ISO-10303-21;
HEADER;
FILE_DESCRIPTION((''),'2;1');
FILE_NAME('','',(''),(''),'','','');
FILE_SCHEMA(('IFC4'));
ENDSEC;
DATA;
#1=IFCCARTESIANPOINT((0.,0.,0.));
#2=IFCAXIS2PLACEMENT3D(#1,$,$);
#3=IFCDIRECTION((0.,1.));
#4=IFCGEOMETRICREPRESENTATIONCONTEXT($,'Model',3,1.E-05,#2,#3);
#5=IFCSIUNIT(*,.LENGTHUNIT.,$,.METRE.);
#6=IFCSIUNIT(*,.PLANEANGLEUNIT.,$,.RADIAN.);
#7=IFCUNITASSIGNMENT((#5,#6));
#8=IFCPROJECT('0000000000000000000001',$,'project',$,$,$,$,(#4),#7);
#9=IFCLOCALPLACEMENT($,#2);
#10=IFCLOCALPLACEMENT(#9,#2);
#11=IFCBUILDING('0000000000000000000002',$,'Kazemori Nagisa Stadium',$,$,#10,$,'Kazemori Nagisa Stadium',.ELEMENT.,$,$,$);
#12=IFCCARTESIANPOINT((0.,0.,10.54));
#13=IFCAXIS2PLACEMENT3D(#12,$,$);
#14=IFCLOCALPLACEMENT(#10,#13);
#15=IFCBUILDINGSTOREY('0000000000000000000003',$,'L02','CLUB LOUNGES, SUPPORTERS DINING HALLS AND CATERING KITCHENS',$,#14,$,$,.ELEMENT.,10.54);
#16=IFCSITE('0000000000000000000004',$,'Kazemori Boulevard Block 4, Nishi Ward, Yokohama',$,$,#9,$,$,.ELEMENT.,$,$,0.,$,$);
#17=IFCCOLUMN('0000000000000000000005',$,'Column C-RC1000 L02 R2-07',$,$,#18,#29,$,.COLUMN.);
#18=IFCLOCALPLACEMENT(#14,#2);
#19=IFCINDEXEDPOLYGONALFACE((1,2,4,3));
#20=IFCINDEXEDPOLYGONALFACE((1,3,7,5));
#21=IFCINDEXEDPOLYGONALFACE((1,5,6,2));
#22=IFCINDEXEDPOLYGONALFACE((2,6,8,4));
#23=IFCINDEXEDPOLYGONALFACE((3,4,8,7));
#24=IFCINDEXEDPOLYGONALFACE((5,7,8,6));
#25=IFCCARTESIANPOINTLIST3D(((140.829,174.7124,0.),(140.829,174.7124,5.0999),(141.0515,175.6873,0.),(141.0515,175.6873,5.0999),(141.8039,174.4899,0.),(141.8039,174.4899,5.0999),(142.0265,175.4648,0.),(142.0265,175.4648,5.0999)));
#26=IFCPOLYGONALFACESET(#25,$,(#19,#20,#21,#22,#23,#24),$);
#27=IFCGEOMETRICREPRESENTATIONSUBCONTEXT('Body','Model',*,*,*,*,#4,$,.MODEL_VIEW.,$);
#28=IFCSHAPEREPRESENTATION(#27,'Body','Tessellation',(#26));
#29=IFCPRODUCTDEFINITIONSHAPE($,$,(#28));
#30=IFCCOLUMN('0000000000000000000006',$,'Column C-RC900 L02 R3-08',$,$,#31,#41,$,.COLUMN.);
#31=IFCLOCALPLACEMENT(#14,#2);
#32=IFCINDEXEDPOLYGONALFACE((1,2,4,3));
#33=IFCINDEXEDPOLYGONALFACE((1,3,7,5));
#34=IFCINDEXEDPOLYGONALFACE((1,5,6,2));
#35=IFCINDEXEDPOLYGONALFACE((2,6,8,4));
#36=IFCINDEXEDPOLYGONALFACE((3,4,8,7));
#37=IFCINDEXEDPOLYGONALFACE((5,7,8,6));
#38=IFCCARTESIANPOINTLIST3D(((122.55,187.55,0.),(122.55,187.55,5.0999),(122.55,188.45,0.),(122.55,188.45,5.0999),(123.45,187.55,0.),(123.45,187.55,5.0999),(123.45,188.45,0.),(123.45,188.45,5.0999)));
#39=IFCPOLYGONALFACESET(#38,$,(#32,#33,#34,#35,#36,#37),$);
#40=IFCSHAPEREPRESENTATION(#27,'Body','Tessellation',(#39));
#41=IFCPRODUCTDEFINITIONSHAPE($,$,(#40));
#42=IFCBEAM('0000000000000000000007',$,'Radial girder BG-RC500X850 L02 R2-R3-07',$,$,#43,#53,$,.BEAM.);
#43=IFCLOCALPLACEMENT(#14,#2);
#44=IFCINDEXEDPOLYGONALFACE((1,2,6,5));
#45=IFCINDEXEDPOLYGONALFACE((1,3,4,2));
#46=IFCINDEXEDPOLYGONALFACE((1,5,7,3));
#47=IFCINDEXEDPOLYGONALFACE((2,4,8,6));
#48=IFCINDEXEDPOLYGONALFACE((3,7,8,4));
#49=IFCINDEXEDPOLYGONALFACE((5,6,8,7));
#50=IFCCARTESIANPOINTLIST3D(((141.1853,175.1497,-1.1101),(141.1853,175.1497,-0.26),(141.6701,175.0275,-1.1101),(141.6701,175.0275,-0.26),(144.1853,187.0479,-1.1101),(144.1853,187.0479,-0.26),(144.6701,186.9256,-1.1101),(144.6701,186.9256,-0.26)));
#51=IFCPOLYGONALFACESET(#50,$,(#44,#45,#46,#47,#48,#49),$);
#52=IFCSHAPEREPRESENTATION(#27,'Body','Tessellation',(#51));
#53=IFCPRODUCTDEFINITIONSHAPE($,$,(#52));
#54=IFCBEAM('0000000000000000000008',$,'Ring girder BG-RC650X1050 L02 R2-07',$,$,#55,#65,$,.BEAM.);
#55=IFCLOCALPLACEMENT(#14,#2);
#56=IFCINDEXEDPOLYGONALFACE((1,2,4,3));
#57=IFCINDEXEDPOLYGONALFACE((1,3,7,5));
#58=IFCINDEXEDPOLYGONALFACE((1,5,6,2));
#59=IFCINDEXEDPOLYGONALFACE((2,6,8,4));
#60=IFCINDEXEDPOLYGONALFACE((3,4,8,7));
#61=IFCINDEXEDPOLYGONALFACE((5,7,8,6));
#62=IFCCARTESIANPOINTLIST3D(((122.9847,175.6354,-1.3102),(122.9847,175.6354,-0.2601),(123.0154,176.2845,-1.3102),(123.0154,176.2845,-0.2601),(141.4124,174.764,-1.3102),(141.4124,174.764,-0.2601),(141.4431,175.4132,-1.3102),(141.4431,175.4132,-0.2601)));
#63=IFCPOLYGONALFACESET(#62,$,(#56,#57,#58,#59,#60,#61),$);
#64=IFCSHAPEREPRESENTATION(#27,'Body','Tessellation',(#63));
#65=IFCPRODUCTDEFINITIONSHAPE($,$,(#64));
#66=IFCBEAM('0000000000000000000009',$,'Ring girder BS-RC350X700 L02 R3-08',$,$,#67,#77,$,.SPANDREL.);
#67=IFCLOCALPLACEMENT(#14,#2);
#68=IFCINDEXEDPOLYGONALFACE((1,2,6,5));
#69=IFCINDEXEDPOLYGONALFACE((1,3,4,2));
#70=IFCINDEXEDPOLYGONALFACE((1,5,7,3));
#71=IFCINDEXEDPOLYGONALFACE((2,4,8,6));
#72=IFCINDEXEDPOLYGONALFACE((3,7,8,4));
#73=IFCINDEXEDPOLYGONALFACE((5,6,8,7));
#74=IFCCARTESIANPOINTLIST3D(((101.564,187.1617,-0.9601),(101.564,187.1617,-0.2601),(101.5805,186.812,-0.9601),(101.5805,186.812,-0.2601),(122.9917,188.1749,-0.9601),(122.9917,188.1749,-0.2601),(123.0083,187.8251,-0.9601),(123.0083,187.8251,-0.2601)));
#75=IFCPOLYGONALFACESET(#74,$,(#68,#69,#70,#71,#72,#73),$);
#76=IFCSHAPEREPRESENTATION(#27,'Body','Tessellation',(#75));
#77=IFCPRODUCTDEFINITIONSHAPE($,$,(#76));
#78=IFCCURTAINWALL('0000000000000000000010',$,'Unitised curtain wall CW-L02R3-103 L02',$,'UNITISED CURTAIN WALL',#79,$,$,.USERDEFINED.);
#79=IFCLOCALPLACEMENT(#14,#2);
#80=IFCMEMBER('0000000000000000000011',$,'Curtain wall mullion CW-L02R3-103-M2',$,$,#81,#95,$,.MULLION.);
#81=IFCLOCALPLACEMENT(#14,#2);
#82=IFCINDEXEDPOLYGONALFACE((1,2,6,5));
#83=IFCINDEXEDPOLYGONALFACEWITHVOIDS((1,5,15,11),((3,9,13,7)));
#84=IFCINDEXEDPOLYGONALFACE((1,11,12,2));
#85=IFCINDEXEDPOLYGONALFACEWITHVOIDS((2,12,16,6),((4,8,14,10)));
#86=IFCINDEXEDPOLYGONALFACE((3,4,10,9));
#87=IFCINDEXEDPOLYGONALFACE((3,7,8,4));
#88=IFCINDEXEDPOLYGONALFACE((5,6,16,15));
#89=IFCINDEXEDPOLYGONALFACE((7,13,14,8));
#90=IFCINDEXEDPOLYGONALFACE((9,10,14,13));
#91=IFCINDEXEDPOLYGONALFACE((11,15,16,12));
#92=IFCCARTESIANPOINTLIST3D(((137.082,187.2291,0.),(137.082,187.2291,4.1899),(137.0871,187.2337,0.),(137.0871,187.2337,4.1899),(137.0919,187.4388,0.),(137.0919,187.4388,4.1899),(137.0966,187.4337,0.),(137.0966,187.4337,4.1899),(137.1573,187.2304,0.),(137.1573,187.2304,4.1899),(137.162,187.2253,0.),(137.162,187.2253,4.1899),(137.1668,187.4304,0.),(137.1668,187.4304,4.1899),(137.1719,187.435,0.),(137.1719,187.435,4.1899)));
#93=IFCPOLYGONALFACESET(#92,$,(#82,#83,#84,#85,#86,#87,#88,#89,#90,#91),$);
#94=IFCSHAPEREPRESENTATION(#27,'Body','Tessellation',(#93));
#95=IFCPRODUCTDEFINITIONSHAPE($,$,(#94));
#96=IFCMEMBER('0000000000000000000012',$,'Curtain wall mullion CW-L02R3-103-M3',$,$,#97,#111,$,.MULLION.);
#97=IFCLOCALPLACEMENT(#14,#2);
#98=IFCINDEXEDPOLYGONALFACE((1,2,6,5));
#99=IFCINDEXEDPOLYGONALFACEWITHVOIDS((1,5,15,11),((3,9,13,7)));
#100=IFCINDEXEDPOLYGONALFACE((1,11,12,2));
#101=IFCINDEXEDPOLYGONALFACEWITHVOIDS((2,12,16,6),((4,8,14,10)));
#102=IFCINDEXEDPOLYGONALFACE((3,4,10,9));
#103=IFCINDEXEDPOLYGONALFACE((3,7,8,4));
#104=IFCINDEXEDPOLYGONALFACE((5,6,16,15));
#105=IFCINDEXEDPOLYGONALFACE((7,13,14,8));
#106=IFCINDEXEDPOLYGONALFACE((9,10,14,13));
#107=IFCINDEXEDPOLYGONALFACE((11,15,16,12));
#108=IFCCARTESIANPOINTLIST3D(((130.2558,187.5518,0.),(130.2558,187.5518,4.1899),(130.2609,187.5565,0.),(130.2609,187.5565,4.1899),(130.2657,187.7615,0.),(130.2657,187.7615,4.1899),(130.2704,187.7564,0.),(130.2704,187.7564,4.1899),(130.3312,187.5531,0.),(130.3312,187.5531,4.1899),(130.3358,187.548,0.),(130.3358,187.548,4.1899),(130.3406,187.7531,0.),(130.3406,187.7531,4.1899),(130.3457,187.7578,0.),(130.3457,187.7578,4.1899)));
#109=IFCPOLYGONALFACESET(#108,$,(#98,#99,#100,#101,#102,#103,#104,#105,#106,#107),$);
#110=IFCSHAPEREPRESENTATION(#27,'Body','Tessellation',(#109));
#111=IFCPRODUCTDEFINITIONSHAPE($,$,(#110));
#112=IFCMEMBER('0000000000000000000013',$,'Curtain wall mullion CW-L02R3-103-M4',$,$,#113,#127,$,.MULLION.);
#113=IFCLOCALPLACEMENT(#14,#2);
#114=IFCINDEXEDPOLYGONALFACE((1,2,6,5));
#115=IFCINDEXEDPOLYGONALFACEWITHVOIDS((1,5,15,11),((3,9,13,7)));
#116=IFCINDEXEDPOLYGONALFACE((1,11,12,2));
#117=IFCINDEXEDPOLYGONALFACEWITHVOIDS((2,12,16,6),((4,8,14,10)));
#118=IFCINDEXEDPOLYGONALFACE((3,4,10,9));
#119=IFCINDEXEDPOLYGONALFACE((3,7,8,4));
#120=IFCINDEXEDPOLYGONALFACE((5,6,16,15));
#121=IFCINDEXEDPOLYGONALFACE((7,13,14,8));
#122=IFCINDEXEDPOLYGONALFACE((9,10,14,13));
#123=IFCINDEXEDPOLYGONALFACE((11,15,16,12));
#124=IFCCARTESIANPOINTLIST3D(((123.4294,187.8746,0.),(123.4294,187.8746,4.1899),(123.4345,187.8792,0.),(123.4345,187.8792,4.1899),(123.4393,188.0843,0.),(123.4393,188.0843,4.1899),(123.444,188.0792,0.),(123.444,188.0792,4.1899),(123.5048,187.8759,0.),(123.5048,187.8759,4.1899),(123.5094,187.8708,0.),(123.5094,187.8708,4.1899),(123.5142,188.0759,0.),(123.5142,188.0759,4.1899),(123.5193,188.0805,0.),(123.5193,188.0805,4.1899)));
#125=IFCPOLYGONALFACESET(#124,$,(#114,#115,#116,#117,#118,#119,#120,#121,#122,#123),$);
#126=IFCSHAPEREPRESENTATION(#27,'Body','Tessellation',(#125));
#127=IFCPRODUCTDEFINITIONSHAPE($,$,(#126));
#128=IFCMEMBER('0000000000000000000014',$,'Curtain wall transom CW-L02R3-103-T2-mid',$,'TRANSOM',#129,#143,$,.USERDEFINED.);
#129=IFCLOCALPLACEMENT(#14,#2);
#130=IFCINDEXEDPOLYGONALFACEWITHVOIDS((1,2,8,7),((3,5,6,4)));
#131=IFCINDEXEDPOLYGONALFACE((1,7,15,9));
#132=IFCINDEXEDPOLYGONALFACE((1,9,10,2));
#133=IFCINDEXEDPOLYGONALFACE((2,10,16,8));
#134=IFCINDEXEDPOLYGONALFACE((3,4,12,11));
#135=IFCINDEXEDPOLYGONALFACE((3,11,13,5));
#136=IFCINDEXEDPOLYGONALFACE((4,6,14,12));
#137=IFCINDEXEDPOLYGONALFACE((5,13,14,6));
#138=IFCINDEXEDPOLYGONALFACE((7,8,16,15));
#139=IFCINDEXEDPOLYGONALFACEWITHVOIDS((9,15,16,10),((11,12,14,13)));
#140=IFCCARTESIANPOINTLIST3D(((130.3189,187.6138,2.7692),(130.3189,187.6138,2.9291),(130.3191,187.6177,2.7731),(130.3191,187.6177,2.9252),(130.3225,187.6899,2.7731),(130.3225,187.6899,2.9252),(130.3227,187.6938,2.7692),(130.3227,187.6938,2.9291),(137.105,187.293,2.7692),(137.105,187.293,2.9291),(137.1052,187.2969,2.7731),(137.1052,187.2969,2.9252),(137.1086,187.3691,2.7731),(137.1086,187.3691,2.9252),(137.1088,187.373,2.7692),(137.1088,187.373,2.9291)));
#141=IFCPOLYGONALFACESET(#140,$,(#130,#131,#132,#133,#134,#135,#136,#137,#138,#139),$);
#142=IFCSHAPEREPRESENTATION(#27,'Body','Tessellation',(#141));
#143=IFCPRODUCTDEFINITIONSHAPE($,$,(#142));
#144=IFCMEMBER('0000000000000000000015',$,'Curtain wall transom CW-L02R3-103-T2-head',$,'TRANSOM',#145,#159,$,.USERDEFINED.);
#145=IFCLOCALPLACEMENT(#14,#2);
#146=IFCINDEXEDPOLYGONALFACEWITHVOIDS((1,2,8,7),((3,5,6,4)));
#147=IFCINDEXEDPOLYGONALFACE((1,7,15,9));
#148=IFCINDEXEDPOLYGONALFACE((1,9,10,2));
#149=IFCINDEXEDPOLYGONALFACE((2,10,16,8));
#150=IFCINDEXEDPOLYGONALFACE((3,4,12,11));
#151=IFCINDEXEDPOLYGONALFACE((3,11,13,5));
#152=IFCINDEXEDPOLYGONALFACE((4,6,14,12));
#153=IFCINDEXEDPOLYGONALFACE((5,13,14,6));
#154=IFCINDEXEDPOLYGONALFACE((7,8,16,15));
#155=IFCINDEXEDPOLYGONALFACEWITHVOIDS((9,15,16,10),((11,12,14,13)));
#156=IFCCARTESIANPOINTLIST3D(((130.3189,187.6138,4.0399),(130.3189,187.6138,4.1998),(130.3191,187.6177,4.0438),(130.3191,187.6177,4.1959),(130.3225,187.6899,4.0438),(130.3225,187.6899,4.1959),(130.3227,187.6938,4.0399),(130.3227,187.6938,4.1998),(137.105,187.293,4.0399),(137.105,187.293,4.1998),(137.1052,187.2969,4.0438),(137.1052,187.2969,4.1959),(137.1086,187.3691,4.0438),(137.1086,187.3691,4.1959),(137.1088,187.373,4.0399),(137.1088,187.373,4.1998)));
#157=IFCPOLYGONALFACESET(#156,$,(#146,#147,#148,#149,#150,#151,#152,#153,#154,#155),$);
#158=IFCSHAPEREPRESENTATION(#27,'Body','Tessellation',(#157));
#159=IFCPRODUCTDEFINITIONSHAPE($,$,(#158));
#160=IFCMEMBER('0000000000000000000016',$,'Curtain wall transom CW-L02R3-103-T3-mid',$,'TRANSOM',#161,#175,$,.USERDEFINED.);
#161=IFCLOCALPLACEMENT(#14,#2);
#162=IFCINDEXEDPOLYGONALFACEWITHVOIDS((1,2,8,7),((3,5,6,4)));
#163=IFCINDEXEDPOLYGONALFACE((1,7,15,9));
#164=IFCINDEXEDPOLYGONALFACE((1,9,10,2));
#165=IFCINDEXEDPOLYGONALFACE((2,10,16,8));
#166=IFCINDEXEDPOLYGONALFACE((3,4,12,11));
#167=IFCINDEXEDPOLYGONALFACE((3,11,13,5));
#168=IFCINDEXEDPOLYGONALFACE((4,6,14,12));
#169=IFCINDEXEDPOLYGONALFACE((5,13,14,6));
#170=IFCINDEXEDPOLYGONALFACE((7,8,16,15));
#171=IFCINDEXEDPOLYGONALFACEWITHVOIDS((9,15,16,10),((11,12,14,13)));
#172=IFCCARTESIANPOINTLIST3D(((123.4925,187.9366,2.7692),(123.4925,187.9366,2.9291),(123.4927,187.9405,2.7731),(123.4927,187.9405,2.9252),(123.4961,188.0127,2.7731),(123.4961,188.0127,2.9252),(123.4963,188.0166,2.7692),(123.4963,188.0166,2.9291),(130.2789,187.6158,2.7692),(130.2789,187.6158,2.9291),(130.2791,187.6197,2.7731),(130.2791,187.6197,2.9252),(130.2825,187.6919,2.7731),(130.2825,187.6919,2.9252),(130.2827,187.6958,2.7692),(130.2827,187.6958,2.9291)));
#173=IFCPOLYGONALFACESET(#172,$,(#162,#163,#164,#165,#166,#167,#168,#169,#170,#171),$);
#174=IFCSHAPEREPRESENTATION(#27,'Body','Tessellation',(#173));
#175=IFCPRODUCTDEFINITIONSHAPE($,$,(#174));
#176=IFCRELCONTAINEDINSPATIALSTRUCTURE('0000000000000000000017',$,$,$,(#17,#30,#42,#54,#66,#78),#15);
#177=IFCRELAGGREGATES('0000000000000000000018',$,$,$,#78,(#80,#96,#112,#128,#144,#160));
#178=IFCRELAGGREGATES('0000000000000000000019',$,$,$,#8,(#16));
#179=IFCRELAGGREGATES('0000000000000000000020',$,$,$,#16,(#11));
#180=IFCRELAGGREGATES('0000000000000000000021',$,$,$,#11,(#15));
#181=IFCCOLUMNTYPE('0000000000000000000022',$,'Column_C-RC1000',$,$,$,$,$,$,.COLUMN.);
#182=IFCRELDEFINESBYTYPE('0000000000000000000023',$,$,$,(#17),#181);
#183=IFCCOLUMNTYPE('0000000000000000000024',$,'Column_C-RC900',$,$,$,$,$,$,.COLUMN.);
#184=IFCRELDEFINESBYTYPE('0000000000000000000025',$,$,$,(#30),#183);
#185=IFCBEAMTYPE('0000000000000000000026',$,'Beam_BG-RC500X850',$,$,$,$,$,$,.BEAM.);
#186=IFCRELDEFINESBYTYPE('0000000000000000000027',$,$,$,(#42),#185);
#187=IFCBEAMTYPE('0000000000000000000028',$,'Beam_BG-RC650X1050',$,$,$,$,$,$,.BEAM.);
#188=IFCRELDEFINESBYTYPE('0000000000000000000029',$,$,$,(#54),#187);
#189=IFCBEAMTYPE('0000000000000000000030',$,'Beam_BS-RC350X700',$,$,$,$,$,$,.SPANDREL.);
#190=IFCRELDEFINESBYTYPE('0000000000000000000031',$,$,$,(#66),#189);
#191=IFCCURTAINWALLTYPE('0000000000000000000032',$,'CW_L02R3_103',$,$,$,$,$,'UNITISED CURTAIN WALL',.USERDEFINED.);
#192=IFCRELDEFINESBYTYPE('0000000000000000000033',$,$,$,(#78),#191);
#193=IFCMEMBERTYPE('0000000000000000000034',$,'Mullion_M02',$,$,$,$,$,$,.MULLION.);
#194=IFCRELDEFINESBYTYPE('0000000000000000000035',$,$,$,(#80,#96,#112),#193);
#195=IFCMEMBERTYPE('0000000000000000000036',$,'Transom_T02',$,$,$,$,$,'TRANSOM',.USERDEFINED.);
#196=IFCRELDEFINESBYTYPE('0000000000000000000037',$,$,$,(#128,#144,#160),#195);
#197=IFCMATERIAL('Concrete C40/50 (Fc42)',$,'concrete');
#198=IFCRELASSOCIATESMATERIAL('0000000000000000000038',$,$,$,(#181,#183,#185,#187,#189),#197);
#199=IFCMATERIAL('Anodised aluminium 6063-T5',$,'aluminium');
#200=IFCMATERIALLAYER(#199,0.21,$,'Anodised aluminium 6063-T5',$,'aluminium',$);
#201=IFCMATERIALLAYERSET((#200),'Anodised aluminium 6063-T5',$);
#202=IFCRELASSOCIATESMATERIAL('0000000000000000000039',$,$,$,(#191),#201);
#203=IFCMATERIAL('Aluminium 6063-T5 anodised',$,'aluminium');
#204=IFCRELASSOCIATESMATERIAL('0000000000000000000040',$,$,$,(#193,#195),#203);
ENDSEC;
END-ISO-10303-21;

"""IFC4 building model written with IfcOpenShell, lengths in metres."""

from ifc_helpers import new_model, si_unit, direction, frame, origin, origin_2d, place, context, subcontext, project, spatial, rectangle, hollow_rectangle, extrude, material, layer, layer_set, material_profile, profile_set, type_object, element, aggregate, save


model = new_model("IFC4")

# Units and contexts
model_context = context("Model", 3, precision=1e-05, world=origin(), true_north=direction((0.0, 1.0)))
body_context = subcontext(model_context, "Body", "Model", "MODEL_VIEW")
ifc_project = project(units=[si_unit("LENGTHUNIT", "METRE"), si_unit("PLANEANGLEUNIT", "RADIAN")], contexts=[model_context])

# Site, building, storey
site_placement = place(None, origin())
site = spatial("IfcSite", under=ifc_project, at=site_placement, Name="Kazemori Boulevard Block 4, Nishi Ward, Yokohama", CompositionType="ELEMENT", RefElevation=0.0)
building_placement = place(site_placement, origin())
building = spatial("IfcBuilding", under=site, at=building_placement, Name="Kazemori Nagisa Stadium", LongName="Kazemori Nagisa Stadium", CompositionType="ELEMENT")
storey_placement = place(building_placement, frame((0.0, 0.0, 10.54)))
storey = spatial("IfcBuildingStorey", under=building, at=storey_placement, Name="L02", Description="CLUB LOUNGES, SUPPORTERS DINING HALLS AND CATERING KITCHENS", CompositionType="ELEMENT", Elevation=10.54)

# Columns
ifc_material_1 = material(Name="Concrete C40/50 (Fc42)", Category="concrete")
ifc_material_profile_1 = material_profile(ifc_material_1, rectangle(XDim=1.0, YDim=1.0, at=origin_2d()), Name="RC-COL-1000x1000")
ifc_profile_set_1 = profile_set([ifc_material_profile_1], Name="Concrete C40/50 (Fc42)")
column_type_1 = type_object("IfcColumnType", Name="Column_C-RC1000", PredefinedType="COLUMN", material=ifc_profile_set_1)
column_1_placement = place(storey_placement, frame((141.4277, 175.0886, 0.0), z_axis=(0.0, 0.0, 1.0), x_axis=(0.222521, 0.974928, 0.0)))
element("IfcColumn", 1, at=column_1_placement, inside=storey, type_object=column_type_1, Name="Column C-RC1000 L02 R2-07", PredefinedType="COLUMN", context=body_context, shape_type="SweptSolid", body=[
    extrude(rectangle(XDim=1.0, YDim=1.0, at=origin_2d()), origin(), (0.0, 0.0, 1.0), 5.0999),
])
ifc_material_profile_2 = material_profile(ifc_material_1, rectangle(XDim=0.8999, YDim=0.8999, at=origin_2d()), Name="RC-COL-900x900")
ifc_profile_set_2 = profile_set([ifc_material_profile_2], Name="Concrete C40/50 (Fc42)")
column_type_2 = type_object("IfcColumnType", Name="Column_C-RC900", PredefinedType="COLUMN", material=ifc_profile_set_2)
column_2_placement = place(storey_placement, frame((123.0, 188.0, 0.0), z_axis=(0.0, 0.0, 1.0), x_axis=(0.0, 1.0, 0.0)))
element("IfcColumn", 2, at=column_2_placement, inside=storey, type_object=column_type_2, Name="Column C-RC900 L02 R3-08", PredefinedType="COLUMN", context=body_context, shape_type="SweptSolid", body=[
    extrude(rectangle(XDim=0.8999, YDim=0.8999, at=origin_2d()), origin(), (0.0, 0.0, 1.0), 5.0999),
])

# Beams
ifc_material_profile_3 = material_profile(ifc_material_1, rectangle(XDim=0.5, YDim=0.8501, at=origin_2d()), Name="RC-BM-500x850")
ifc_profile_set_3 = profile_set([ifc_material_profile_3], Name="Concrete C40/50 (Fc42)")
beam_type_1 = type_object("IfcBeamType", Name="Beam_BG-RC500X850", PredefinedType="BEAM", material=ifc_profile_set_3)
beam_1_placement = place(storey_placement, frame((141.4277, 175.0886, -0.6851), z_axis=(0.244487, 0.969652, 0.0), x_axis=(-0.969652, 0.244487, 0.0)))
element("IfcBeam", 3, at=beam_1_placement, inside=storey, type_object=beam_type_1, Name="Radial girder BG-RC500X850 L02 R2-R3-07", PredefinedType="BEAM", context=body_context, shape_type="SweptSolid", body=[
    extrude(rectangle(XDim=0.5, YDim=0.8501, at=origin_2d()), origin(), (0.0, 0.0, 1.0), 12.2705),
])
ifc_material_profile_4 = material_profile(ifc_material_1, rectangle(XDim=0.6499, YDim=1.05, at=origin_2d()), Name="RC-BM-650x1050")
ifc_profile_set_4 = profile_set([ifc_material_profile_4], Name="Concrete C40/50 (Fc42)")
beam_type_2 = type_object("IfcBeamType", Name="Beam_BG-RC650X1050", PredefinedType="BEAM", material=ifc_profile_set_4)
beam_2_placement = place(storey_placement, frame((141.4277, 175.0886, -0.7852), z_axis=(-0.998884, 0.047231, 0.0), x_axis=(-0.047231, -0.998884, 0.0)))
element("IfcBeam", 4, at=beam_2_placement, inside=storey, type_object=beam_type_2, Name="Ring girder BG-RC650X1050 L02 R2-07", PredefinedType="BEAM", context=body_context, shape_type="SweptSolid", body=[
    extrude(rectangle(XDim=0.6499, YDim=1.05, at=origin_2d()), origin(), (0.0, 0.0, 1.0), 18.4482),
])
ifc_material_profile_5 = material_profile(ifc_material_1, rectangle(XDim=0.3501, YDim=0.7, at=origin_2d()), Name="RC-SP-350x700")
ifc_profile_set_5 = profile_set([ifc_material_profile_5], Name="Concrete C40/50 (Fc42)")
beam_type_3 = type_object("IfcBeamType", Name="Beam_BS-RC350X700", PredefinedType="SPANDREL", material=ifc_profile_set_5)
beam_3_placement = place(storey_placement, frame((123.0, 188.0, -0.6101), z_axis=(-0.998884, -0.047231, 0.0), x_axis=(0.047231, -0.998884, 0.0)))
element("IfcBeam", 5, at=beam_3_placement, inside=storey, type_object=beam_type_3, Name="Ring girder BS-RC350X700 L02 R3-08", PredefinedType="SPANDREL", context=body_context, shape_type="SweptSolid", body=[
    extrude(rectangle(XDim=0.3501, YDim=0.7, at=origin_2d()), origin(), (0.0, 0.0, 1.0), 21.4517),
])

# Curtain wall, members
ifc_material_2 = material(Name="Anodised aluminium 6063-T5", Category="aluminium")
ifc_layer_1 = layer(ifc_material_2, 0.21, Name="Anodised aluminium 6063-T5", Category="aluminium")
ifc_layer_set_1 = layer_set([ifc_layer_1], Name="Anodised aluminium 6063-T5")
curtain_wall_type = type_object("IfcCurtainWallType", Name="CW_L02R3_103", ElementType="UNITISED CURTAIN WALL", PredefinedType="USERDEFINED", material=ifc_layer_set_1)
curtain_wall_placement = place(storey_placement, origin())
curtain_wall = element("IfcCurtainWall", 6, at=curtain_wall_placement, inside=storey, type_object=curtain_wall_type, Name="Unitised curtain wall CW-L02R3-103 L02", ObjectType="UNITISED CURTAIN WALL", PredefinedType="USERDEFINED")
ifc_material_3 = material(Name="Aluminium 6063-T5 anodised", Category="aluminium")
ifc_material_profile_6 = material_profile(ifc_material_3, hollow_rectangle(XDim=0.0801, YDim=0.21, WallThickness=0.0049, at=origin_2d()), Name="ALU-MULL-80x210x5")
ifc_profile_set_6 = profile_set([ifc_material_profile_6], Name="Aluminium 6063-T5 anodised")
member_type_1 = type_object("IfcMemberType", Name="Mullion_M02", PredefinedType="MULLION", material=ifc_profile_set_6)
member_1_placement = place(storey_placement, frame((137.127, 187.332, 0.0), z_axis=(0.0, 0.0, 1.0), x_axis=(-0.998884, 0.04723, 0.0)))
member_1 = element("IfcMember", 7, at=member_1_placement, type_object=member_type_1, Name="Curtain wall mullion CW-L02R3-103-M2", PredefinedType="MULLION", context=body_context, shape_type="SweptSolid", body=[
    extrude(hollow_rectangle(XDim=0.0801, YDim=0.21, WallThickness=0.0049, at=origin_2d()), origin(), (0.0, 0.0, 1.0), 4.1899),
])
member_2_placement = place(storey_placement, frame((130.3008, 187.6548, 0.0), z_axis=(0.0, 0.0, 1.0), x_axis=(-0.998884, 0.04723, 0.0)))
member_2 = element("IfcMember", 8, at=member_2_placement, type_object=member_type_1, Name="Curtain wall mullion CW-L02R3-103-M3", PredefinedType="MULLION", context=body_context, shape_type="SweptSolid", body=[
    extrude(hollow_rectangle(XDim=0.0801, YDim=0.21, WallThickness=0.0049, at=origin_2d()), origin(), (0.0, 0.0, 1.0), 4.1899),
])
member_3_placement = place(storey_placement, frame((123.4744, 187.9775, 0.0), z_axis=(0.0, 0.0, 1.0), x_axis=(-0.998884, 0.04723, 0.0)))
member_3 = element("IfcMember", 9, at=member_3_placement, type_object=member_type_1, Name="Curtain wall mullion CW-L02R3-103-M4", PredefinedType="MULLION", context=body_context, shape_type="SweptSolid", body=[
    extrude(hollow_rectangle(XDim=0.0801, YDim=0.21, WallThickness=0.0049, at=origin_2d()), origin(), (0.0, 0.0, 1.0), 4.1899),
])
ifc_material_profile_7 = material_profile(ifc_material_3, hollow_rectangle(XDim=0.0801, YDim=0.1599, WallThickness=0.0039, at=origin_2d()), Name="ALU-TRAN-80x160x4")
ifc_profile_set_7 = profile_set([ifc_material_profile_7], Name="Aluminium 6063-T5 anodised")
member_type_2 = type_object("IfcMemberType", Name="Transom_T02", ElementType="TRANSOM", PredefinedType="USERDEFINED", material=ifc_profile_set_7)
member_4_placement = place(storey_placement, frame((137.1069, 187.333, 2.8491), z_axis=(-0.998885, 0.04722, 0.0), x_axis=(-0.04722, -0.998885, 0.0)))
member_4 = element("IfcMember", 10, at=member_4_placement, type_object=member_type_2, Name="Curtain wall transom CW-L02R3-103-T2-mid", ObjectType="TRANSOM", PredefinedType="USERDEFINED", context=body_context, shape_type="SweptSolid", body=[
    extrude(hollow_rectangle(XDim=0.0801, YDim=0.1599, WallThickness=0.0039, at=origin_2d()), origin(), (0.0, 0.0, 1.0), 6.7937),
])
member_5_placement = place(storey_placement, frame((137.1069, 187.333, 4.1199), z_axis=(-0.998885, 0.04722, 0.0), x_axis=(-0.04722, -0.998885, 0.0)))
member_5 = element("IfcMember", 11, at=member_5_placement, type_object=member_type_2, Name="Curtain wall transom CW-L02R3-103-T2-head", ObjectType="TRANSOM", PredefinedType="USERDEFINED", context=body_context, shape_type="SweptSolid", body=[
    extrude(hollow_rectangle(XDim=0.0801, YDim=0.1599, WallThickness=0.0039, at=origin_2d()), origin(), (0.0, 0.0, 1.0), 6.7937),
])
member_6_placement = place(storey_placement, frame((130.2808, 187.6558, 2.8491), z_axis=(-0.998885, 0.047219, 0.0), x_axis=(-0.047219, -0.998885, 0.0)))
member_6 = element("IfcMember", 12, at=member_6_placement, type_object=member_type_2, Name="Curtain wall transom CW-L02R3-103-T3-mid", ObjectType="TRANSOM", PredefinedType="USERDEFINED", context=body_context, shape_type="SweptSolid", body=[
    extrude(hollow_rectangle(XDim=0.0801, YDim=0.1599, WallThickness=0.0039, at=origin_2d()), origin(), (0.0, 0.0, 1.0), 6.7939),
])
aggregate(curtain_wall, [member_1, member_2, member_3, member_4, member_5, member_6])

save(model, "model.ifc")
